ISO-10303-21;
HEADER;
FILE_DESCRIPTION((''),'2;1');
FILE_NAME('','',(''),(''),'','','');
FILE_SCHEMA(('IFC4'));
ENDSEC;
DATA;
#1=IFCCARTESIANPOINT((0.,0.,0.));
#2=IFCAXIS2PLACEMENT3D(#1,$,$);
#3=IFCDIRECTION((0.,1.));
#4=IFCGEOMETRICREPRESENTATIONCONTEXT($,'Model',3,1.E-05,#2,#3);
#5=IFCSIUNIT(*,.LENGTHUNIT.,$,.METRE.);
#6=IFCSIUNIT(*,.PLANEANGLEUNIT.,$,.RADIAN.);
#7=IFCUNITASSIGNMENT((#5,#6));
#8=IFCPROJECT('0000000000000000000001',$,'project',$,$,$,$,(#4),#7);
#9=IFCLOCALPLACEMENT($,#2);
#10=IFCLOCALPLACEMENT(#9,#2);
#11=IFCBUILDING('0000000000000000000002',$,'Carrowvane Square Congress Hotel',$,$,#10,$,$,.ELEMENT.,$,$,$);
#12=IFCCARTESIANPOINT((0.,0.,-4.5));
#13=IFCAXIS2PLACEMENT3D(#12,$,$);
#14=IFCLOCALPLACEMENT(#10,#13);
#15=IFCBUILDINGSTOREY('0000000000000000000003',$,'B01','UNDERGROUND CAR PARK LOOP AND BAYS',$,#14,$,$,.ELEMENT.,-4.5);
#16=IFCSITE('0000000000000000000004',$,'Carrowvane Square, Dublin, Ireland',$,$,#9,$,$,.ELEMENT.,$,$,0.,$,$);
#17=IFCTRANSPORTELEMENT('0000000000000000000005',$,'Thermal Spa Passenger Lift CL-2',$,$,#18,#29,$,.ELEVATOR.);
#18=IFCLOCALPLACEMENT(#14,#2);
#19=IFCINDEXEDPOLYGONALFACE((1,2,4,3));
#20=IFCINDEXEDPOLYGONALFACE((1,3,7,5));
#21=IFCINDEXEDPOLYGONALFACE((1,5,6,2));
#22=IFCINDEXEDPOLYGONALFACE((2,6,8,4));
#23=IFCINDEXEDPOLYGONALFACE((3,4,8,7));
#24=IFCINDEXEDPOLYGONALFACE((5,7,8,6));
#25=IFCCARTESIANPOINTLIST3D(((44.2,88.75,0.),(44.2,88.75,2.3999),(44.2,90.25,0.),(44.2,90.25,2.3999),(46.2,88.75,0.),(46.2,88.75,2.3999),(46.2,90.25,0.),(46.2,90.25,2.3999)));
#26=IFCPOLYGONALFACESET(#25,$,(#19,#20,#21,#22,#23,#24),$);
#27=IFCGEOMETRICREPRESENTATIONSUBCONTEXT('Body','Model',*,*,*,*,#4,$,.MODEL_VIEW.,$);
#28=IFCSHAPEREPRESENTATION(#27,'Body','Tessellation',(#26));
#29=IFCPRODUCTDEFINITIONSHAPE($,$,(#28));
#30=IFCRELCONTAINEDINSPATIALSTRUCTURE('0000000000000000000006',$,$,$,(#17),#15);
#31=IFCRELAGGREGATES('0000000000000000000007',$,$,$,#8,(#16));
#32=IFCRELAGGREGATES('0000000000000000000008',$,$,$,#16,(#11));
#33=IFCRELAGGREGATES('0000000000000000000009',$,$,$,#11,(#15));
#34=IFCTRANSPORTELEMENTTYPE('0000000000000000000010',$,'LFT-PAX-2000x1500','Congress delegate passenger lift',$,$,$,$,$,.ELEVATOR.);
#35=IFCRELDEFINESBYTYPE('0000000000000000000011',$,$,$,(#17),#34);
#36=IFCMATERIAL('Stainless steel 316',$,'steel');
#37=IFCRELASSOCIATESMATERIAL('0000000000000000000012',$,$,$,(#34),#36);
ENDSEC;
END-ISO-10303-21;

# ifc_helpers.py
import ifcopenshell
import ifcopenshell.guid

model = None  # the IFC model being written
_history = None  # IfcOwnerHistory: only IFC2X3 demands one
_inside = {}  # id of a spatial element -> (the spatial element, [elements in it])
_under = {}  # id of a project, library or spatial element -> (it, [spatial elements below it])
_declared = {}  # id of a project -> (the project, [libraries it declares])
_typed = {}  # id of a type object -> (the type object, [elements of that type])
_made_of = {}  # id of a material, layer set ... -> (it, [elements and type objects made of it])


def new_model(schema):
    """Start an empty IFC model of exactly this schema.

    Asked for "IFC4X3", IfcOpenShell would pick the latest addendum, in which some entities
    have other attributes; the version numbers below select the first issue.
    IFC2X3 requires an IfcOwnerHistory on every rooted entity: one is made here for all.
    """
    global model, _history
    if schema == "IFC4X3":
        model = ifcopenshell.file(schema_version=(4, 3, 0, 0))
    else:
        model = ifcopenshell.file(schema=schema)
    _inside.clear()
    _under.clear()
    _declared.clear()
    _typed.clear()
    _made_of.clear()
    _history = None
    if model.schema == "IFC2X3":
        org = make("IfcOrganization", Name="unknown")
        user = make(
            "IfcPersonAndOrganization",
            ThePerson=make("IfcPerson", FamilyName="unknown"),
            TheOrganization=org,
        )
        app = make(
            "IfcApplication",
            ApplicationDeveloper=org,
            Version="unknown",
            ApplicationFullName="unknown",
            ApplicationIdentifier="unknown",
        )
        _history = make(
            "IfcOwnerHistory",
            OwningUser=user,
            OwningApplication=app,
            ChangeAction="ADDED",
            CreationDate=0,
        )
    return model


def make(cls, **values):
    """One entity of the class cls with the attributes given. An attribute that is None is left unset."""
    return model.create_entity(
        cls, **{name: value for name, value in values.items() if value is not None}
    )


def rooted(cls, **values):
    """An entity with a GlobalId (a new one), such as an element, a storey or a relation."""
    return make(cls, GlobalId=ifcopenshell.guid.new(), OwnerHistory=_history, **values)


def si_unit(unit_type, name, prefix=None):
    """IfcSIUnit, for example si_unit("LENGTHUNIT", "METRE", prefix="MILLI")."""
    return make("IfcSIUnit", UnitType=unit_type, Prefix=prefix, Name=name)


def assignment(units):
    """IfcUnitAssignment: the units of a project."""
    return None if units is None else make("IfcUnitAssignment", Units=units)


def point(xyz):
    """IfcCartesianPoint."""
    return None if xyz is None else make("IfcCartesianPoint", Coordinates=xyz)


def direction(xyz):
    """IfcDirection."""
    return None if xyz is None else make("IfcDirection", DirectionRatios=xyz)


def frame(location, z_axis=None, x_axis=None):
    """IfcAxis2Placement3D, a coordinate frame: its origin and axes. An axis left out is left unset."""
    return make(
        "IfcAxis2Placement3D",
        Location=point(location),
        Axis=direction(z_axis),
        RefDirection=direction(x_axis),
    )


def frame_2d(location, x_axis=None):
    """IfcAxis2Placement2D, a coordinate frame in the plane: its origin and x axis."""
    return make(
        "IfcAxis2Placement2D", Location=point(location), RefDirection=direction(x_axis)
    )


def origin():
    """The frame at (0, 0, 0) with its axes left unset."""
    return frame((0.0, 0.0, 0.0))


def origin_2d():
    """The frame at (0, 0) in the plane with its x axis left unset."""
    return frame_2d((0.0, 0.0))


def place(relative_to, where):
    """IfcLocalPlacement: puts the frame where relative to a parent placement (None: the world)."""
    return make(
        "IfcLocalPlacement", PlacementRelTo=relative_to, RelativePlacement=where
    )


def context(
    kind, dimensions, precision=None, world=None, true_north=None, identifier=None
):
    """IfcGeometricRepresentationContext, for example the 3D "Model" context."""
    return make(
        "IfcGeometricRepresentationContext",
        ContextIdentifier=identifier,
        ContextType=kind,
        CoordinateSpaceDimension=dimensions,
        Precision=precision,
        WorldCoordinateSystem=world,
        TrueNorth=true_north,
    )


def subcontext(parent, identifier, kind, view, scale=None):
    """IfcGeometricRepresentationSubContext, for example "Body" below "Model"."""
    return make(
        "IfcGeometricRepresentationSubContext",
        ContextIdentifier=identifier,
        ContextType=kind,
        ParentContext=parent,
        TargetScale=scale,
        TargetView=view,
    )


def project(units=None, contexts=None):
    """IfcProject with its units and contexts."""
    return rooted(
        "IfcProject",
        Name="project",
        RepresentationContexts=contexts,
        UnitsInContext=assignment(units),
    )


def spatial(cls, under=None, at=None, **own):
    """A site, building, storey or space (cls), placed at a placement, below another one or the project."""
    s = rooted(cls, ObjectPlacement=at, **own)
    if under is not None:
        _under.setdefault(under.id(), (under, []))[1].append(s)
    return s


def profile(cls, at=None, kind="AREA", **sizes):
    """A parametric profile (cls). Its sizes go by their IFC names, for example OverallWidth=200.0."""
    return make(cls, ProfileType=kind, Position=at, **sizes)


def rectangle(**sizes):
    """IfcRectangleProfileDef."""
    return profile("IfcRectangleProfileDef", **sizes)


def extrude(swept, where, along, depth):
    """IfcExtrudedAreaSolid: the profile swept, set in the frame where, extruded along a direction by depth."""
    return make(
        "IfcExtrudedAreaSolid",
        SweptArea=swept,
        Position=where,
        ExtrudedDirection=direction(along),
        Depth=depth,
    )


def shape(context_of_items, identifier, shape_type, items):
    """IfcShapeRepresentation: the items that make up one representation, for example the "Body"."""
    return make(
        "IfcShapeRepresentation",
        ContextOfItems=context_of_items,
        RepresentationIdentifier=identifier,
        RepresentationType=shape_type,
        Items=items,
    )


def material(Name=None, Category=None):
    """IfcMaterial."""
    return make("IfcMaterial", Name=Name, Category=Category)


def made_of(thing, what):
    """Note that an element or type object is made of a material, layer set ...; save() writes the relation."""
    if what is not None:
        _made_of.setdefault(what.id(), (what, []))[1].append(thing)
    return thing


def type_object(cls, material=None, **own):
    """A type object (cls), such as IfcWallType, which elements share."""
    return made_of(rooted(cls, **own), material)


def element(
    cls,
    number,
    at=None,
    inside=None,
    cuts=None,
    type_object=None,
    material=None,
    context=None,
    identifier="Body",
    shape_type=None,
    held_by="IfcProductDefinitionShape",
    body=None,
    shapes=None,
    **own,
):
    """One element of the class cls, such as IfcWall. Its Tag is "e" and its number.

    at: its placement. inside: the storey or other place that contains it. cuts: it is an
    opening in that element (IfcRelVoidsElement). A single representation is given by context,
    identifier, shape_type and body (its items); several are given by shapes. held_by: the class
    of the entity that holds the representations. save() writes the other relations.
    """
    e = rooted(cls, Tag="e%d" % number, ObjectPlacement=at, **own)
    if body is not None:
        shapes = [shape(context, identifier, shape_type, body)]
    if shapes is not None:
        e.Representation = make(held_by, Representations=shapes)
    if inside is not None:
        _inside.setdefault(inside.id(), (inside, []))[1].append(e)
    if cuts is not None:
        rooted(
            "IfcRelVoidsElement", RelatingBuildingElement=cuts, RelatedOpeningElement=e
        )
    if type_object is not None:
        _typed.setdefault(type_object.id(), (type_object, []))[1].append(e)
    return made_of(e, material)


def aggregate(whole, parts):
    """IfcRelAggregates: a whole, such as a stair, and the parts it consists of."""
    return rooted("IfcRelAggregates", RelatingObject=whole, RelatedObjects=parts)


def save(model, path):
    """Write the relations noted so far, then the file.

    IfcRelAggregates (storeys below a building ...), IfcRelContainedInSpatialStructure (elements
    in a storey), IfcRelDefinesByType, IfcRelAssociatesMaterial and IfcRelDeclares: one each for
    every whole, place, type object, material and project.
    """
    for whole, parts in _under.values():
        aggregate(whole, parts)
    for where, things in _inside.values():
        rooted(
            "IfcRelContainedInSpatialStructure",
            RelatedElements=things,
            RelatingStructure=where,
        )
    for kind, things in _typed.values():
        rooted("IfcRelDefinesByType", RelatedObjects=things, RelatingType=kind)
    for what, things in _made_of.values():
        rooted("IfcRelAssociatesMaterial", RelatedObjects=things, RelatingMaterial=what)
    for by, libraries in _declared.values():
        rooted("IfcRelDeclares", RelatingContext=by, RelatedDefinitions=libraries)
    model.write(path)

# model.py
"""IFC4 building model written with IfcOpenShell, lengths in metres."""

from ifc_helpers import new_model, si_unit, direction, frame, origin, origin_2d, place, context, subcontext, project, spatial, rectangle, extrude, material, type_object, element, save


model = new_model("IFC4")

# Units and contexts
model_context = context("Model", 3, precision=1e-05, world=origin(), true_north=direction((0.0, 1.0)))
body_context = subcontext(model_context, "Body", "Model", "MODEL_VIEW")
ifc_project = project(units=[si_unit("LENGTHUNIT", "METRE"), si_unit("PLANEANGLEUNIT", "RADIAN")], contexts=[model_context])

# Site, building, storey
site_placement = place(None, origin())
site = spatial("IfcSite", under=ifc_project, at=site_placement, Name="Carrowvane Square, Dublin, Ireland", CompositionType="ELEMENT", RefElevation=0.0)
building_placement = place(site_placement, origin())
building = spatial("IfcBuilding", under=site, at=building_placement, Name="Carrowvane Square Congress Hotel", CompositionType="ELEMENT")
storey_placement = place(building_placement, frame((0.0, 0.0, -4.5)))
storey = spatial("IfcBuildingStorey", under=building, at=storey_placement, Name="B01", Description="UNDERGROUND CAR PARK LOOP AND BAYS", CompositionType="ELEMENT", Elevation=-4.5)

# Transport element
ifc_material_1 = material(Name="Stainless steel 316", Category="steel")
transport_element_type = type_object("IfcTransportElementType", Name="LFT-PAX-2000x1500", Description="Congress delegate passenger lift", PredefinedType="ELEVATOR", material=ifc_material_1)
transport_element_placement = place(storey_placement, frame((45.2, 89.5, 0.0), z_axis=(0.0, 0.0, 1.0), x_axis=(1.0, 0.0, 0.0)))
element("IfcTransportElement", 1, at=transport_element_placement, inside=storey, type_object=transport_element_type, Name="Thermal Spa Passenger Lift CL-2", PredefinedType="ELEVATOR", context=body_context, shape_type="SweptSolid", body=[
    extrude(rectangle(XDim=2.0, YDim=1.5, at=origin_2d()), origin(), (0.0, 0.0, 1.0), 2.3999),
])

save(model, "model.ifc")
